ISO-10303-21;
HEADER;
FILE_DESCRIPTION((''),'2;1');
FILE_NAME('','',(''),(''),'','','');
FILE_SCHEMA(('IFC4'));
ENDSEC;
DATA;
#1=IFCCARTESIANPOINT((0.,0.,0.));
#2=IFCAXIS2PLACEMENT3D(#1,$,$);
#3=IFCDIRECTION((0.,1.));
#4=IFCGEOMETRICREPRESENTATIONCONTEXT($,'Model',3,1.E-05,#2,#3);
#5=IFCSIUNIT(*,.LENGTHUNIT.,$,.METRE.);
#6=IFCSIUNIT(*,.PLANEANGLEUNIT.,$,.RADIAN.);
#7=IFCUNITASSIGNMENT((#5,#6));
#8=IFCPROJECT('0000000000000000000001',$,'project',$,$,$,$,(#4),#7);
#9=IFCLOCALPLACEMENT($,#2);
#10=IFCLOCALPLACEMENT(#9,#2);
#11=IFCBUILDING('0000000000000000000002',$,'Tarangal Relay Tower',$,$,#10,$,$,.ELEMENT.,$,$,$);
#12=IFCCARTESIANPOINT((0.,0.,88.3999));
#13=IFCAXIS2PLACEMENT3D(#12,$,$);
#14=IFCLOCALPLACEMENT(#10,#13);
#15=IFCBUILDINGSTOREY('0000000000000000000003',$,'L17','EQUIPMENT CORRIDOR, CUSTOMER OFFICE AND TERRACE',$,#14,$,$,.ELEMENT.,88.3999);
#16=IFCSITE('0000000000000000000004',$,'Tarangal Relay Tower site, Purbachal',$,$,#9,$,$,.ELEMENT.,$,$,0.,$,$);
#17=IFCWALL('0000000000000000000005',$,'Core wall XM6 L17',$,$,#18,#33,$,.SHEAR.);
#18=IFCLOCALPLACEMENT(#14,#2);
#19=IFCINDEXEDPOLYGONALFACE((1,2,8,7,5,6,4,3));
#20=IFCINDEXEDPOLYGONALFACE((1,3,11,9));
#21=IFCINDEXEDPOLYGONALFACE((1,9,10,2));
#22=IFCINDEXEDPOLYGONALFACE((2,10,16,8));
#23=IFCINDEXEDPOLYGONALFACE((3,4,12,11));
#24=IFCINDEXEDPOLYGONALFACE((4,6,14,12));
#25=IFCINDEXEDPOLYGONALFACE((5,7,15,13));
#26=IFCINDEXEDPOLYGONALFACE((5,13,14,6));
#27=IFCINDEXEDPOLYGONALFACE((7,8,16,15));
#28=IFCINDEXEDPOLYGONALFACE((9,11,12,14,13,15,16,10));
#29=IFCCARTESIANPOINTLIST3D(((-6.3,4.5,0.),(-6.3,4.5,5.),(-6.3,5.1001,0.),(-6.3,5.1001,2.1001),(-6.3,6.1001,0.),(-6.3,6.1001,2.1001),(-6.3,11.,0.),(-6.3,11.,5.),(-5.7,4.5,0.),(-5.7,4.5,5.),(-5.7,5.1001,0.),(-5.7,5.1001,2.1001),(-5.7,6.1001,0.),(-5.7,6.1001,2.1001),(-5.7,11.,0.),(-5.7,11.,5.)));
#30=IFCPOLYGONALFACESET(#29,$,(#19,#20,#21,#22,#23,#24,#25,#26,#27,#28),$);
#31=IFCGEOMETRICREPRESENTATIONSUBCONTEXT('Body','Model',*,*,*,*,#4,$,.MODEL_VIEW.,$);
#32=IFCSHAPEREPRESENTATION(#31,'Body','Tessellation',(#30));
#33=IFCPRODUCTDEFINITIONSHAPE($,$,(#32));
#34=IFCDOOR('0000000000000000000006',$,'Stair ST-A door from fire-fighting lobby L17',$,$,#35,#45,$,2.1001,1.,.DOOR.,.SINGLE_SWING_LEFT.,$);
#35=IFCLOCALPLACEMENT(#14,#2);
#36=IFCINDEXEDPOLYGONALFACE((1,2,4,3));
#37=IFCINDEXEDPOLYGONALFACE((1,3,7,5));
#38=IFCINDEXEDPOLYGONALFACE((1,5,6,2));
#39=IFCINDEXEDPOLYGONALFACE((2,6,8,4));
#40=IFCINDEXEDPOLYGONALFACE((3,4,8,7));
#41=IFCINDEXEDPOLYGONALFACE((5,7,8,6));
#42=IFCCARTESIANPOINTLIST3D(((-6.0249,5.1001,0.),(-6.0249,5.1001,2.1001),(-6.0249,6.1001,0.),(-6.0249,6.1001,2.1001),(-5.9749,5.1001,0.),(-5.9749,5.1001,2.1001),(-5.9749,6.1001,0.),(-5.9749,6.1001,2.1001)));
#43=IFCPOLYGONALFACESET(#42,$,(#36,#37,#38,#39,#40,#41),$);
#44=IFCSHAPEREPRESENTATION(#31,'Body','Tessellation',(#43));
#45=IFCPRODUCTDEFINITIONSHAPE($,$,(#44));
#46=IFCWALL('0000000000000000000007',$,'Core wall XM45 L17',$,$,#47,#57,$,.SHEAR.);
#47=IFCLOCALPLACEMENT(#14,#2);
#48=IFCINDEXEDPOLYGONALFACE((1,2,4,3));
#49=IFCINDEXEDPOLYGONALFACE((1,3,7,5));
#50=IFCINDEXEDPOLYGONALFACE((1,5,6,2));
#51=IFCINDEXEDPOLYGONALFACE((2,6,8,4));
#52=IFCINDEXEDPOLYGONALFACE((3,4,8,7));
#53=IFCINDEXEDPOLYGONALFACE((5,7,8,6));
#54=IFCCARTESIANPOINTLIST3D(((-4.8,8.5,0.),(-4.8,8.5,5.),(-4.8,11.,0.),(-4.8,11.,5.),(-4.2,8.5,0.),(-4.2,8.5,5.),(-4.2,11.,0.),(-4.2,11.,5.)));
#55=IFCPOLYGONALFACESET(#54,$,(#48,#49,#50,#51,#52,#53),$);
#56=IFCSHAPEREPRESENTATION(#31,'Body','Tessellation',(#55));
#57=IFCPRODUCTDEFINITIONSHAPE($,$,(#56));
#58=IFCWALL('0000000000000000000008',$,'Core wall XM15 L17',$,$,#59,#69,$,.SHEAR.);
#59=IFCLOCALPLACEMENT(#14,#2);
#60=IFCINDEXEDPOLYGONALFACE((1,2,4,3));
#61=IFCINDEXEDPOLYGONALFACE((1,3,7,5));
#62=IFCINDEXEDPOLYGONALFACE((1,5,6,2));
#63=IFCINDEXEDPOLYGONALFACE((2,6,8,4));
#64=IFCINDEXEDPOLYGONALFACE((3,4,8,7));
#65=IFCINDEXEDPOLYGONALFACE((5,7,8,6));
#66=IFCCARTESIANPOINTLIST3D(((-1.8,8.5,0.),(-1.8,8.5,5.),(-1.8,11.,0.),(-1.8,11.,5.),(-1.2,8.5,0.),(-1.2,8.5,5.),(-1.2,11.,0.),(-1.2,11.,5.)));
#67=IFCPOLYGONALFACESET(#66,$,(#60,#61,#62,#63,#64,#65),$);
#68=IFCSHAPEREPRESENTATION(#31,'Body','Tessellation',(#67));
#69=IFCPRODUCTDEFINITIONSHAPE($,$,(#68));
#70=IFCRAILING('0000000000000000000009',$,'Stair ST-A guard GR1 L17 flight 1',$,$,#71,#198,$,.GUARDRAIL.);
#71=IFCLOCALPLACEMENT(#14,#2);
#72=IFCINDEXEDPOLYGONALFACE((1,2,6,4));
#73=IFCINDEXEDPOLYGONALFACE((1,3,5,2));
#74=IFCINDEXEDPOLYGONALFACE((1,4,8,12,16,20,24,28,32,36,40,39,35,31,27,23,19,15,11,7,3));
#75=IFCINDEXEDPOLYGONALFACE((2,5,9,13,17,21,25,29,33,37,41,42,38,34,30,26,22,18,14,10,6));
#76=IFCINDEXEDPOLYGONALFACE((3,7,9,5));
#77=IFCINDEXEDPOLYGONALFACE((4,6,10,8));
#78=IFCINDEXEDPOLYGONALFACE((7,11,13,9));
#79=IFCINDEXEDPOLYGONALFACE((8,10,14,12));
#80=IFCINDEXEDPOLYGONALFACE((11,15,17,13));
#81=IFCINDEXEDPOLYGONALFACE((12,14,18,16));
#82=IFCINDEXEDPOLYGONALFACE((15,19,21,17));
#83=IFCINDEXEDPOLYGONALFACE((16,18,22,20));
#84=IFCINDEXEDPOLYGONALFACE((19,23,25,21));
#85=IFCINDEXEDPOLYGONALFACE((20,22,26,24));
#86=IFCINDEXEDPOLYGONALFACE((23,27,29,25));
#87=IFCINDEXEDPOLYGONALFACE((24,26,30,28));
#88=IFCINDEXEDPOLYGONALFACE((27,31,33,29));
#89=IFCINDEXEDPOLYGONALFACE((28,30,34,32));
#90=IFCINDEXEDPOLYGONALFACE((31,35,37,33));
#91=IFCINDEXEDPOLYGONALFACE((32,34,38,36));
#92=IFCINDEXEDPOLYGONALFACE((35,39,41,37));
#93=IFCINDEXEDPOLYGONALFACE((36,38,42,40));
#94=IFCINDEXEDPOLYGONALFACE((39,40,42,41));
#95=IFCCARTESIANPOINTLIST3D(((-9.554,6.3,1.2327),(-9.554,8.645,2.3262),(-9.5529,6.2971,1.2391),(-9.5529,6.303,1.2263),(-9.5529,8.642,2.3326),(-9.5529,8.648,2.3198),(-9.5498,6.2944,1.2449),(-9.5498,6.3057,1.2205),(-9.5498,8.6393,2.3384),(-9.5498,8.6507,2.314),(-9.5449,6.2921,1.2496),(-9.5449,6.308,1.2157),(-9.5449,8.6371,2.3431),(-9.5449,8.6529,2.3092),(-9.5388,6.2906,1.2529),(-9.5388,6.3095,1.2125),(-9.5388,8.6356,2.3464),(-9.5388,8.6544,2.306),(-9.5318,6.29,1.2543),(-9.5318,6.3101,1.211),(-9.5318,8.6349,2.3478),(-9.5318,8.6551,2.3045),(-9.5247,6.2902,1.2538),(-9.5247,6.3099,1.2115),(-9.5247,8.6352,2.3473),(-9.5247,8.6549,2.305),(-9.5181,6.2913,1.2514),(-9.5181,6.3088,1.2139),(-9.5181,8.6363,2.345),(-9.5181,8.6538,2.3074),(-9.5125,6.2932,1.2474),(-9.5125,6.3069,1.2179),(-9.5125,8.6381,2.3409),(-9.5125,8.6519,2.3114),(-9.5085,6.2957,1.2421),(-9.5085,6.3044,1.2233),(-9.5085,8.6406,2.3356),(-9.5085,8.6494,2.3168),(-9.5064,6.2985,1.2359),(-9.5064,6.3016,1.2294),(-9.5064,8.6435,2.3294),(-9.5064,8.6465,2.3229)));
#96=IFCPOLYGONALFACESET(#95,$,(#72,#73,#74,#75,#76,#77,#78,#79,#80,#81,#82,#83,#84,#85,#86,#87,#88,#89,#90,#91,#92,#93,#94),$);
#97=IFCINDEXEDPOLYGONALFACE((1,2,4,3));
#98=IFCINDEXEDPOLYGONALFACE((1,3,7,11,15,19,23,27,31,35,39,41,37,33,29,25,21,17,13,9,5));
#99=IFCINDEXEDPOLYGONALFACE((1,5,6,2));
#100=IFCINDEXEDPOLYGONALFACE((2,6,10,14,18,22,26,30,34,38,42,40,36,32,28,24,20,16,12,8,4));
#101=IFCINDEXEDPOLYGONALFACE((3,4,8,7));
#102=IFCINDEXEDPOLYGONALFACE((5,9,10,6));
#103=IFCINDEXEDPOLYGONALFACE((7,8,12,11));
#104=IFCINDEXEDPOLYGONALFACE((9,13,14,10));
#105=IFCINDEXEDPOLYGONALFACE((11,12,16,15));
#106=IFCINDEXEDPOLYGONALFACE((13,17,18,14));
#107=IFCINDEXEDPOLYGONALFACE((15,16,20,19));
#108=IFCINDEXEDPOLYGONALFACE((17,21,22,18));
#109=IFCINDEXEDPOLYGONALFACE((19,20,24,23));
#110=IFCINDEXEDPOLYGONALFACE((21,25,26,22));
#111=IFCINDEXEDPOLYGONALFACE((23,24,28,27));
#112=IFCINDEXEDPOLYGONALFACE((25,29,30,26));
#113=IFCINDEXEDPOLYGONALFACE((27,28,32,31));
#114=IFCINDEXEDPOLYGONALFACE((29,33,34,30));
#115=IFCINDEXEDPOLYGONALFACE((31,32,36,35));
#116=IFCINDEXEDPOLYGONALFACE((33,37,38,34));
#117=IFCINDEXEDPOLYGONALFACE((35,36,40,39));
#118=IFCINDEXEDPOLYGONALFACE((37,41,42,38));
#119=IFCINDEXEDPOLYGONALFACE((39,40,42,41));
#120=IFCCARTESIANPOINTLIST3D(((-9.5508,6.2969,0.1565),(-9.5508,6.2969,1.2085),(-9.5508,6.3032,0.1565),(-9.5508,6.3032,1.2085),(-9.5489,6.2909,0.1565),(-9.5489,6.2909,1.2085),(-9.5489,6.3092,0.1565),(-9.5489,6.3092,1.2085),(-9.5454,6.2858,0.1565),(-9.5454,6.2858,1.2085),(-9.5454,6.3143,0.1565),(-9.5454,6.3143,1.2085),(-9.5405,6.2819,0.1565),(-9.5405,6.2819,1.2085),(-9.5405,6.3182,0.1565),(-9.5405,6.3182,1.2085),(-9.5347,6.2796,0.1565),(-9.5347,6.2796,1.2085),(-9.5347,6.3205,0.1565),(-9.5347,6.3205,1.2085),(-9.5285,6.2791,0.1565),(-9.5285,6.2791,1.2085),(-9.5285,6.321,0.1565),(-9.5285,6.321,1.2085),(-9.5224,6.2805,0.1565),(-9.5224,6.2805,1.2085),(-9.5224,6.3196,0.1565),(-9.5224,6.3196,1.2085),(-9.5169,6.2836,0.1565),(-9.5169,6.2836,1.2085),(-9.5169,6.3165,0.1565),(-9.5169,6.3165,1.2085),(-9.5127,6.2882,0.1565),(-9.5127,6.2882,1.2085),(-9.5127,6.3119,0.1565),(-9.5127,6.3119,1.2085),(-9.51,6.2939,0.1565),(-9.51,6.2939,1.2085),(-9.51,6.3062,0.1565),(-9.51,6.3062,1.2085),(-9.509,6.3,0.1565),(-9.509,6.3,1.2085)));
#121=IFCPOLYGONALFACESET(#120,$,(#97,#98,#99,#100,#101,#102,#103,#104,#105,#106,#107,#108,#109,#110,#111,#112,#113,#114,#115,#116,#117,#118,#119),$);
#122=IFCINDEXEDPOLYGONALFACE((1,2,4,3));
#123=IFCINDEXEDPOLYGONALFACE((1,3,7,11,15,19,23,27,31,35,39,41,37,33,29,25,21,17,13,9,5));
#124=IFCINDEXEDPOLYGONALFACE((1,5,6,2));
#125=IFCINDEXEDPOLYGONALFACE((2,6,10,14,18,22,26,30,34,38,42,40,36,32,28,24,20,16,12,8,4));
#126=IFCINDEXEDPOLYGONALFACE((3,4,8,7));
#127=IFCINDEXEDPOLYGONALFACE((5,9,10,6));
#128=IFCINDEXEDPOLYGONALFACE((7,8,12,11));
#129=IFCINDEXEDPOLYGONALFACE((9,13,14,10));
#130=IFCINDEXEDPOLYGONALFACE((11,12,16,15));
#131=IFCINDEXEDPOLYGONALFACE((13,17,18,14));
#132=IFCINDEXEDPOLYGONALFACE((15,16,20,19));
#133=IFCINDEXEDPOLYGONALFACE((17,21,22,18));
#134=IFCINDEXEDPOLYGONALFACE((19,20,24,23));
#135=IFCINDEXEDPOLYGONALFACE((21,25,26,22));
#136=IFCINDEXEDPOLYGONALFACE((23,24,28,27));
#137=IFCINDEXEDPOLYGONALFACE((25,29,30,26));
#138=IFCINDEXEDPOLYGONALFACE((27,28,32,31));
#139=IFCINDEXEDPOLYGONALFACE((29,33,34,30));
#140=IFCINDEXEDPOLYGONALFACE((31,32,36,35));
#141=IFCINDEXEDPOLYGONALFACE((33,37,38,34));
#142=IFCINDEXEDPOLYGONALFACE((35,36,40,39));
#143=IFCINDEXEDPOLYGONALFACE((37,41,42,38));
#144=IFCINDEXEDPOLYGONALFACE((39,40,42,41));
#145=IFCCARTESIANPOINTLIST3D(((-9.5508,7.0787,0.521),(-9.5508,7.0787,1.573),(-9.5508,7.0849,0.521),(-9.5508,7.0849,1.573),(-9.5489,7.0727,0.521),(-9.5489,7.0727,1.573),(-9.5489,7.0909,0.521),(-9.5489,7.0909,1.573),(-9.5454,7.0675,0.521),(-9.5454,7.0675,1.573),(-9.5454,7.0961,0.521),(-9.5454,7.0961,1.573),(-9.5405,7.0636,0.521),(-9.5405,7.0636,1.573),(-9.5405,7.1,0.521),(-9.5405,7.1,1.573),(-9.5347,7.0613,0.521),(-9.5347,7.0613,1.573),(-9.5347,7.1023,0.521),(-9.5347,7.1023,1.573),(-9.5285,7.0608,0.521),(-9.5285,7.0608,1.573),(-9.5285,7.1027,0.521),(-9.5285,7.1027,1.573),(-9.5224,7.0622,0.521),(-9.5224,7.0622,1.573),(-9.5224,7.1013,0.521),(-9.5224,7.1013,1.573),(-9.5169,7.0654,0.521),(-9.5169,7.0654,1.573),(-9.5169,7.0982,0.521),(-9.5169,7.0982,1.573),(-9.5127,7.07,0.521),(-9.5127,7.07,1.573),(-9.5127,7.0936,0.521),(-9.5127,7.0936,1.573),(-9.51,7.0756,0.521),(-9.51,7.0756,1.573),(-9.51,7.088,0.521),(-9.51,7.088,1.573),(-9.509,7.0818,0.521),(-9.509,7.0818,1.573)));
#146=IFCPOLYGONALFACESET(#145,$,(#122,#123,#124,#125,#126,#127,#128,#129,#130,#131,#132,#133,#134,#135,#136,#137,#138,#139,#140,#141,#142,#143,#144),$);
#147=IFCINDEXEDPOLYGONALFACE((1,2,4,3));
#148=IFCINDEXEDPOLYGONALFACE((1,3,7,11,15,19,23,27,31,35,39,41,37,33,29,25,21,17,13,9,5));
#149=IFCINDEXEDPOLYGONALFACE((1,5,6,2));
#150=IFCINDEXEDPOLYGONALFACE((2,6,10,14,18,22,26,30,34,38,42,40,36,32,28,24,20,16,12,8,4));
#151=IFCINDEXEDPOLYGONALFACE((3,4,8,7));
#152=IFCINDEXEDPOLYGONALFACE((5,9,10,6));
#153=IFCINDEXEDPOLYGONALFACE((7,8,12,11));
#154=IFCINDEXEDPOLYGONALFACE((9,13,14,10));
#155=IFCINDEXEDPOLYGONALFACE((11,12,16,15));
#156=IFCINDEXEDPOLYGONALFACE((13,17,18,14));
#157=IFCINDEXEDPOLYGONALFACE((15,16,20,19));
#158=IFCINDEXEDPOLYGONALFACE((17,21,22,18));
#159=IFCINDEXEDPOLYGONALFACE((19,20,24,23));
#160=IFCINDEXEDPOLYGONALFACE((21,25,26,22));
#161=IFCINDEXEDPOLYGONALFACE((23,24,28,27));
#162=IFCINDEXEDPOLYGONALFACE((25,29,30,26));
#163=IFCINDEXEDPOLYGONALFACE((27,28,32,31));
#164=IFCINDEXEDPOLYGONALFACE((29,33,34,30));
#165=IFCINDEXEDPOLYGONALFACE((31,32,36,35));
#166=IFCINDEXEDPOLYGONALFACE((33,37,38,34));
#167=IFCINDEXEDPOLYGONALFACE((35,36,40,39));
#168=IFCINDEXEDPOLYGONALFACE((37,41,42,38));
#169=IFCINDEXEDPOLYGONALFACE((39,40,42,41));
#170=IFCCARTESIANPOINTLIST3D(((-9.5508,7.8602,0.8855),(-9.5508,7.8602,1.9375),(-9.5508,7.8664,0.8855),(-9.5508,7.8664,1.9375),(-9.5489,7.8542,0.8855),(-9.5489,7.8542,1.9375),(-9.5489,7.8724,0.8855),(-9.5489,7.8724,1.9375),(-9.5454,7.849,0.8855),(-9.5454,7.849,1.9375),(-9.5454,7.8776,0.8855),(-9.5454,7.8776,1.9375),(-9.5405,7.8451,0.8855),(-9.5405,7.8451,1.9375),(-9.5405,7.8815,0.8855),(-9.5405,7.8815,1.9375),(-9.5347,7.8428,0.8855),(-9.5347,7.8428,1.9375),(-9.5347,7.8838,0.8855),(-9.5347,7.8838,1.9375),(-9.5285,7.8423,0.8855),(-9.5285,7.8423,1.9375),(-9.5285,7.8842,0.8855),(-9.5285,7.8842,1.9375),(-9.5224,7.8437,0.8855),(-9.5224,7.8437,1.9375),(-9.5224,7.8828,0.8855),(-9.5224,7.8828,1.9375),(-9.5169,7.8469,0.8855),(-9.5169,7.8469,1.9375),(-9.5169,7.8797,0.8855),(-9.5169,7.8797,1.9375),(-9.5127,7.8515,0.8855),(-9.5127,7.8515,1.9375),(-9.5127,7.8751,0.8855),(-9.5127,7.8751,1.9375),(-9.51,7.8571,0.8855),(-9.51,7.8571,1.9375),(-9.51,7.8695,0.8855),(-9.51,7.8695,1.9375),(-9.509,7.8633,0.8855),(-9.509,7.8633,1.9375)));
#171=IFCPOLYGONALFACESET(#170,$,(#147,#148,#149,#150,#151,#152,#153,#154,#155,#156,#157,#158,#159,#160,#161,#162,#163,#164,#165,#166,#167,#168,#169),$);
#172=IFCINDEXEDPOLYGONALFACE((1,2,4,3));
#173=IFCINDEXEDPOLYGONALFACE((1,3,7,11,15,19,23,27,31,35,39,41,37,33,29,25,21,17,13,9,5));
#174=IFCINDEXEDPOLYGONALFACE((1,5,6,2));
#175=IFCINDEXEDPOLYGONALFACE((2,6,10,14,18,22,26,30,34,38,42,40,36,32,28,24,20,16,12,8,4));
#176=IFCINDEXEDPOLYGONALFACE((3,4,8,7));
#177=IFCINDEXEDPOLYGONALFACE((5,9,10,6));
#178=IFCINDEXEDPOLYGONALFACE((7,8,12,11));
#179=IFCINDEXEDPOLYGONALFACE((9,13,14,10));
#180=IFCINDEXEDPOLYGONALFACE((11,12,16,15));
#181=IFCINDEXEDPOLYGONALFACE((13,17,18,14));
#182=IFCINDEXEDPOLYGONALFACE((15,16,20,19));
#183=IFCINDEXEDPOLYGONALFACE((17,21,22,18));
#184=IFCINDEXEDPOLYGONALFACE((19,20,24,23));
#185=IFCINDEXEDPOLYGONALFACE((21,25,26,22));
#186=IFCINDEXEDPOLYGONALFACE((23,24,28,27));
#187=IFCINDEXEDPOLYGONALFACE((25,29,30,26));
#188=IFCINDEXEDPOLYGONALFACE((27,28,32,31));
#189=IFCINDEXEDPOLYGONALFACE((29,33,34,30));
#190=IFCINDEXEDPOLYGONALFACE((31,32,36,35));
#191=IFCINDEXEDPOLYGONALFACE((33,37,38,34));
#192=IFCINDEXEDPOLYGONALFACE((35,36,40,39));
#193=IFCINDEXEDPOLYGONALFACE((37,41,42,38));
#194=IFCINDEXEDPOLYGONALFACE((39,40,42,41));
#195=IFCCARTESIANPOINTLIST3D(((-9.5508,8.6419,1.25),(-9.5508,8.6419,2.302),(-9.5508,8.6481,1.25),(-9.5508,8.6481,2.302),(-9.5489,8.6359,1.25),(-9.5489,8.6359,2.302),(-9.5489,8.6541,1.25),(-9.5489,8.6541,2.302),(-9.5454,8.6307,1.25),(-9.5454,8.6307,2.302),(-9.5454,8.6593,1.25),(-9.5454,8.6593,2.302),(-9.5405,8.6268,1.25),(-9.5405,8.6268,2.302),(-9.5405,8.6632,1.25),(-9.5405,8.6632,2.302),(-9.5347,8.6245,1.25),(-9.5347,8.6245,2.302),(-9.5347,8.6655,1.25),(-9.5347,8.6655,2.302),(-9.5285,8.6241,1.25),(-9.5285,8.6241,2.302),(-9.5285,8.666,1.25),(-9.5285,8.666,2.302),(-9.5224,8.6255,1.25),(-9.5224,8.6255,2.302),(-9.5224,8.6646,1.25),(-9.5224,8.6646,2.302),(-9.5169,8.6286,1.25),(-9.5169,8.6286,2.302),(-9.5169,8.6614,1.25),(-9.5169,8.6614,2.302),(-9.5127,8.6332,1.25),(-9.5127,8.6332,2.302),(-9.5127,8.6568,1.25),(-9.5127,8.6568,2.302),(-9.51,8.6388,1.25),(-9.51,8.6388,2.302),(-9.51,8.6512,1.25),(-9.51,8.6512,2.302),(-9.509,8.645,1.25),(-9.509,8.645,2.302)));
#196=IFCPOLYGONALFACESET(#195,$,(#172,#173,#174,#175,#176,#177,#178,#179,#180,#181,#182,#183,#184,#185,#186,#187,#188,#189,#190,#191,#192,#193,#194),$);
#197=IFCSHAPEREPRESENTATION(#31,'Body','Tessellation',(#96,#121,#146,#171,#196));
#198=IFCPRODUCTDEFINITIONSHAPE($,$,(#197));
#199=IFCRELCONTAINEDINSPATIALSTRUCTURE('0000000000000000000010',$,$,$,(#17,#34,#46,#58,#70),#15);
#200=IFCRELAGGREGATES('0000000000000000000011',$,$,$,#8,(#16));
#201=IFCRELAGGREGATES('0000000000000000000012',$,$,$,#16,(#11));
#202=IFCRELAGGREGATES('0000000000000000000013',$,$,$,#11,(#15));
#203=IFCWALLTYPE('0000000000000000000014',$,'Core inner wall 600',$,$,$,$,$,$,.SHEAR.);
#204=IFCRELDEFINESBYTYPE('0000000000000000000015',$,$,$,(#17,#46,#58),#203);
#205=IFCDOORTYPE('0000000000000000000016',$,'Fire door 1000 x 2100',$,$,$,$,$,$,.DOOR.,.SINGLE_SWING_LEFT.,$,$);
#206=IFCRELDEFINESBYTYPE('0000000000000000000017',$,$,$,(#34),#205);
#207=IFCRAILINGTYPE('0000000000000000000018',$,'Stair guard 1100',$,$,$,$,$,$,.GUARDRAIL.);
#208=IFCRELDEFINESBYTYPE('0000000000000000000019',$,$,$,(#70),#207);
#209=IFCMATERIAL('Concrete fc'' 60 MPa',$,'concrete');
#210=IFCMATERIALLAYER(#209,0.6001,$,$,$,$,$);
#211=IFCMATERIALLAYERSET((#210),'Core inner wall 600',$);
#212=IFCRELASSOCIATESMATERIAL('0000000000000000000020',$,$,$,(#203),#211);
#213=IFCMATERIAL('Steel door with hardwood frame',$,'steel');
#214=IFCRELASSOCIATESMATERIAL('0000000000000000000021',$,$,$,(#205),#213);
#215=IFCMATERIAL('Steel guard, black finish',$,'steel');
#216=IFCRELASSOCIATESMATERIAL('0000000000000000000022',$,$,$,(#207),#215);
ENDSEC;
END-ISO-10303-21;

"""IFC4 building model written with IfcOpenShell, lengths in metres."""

from ifc_helpers import new_model, si_unit, direction, frame, frame_2d, origin, origin_2d, place, context, subcontext, project, spatial, rectangle, circle, extrude, material, layer, layer_set, type_object, element, fill, save


model = new_model("IFC4")

# Units and contexts
model_context = context("Model", 3, precision=1e-05, world=origin(), true_north=direction((0.0, 1.0)))
body_context = subcontext(model_context, "Body", "Model", "MODEL_VIEW")
ifc_project = project(units=[si_unit("LENGTHUNIT", "METRE"), si_unit("PLANEANGLEUNIT", "RADIAN")], contexts=[model_context])

# Site, building, storey
site_placement = place(None, origin())
site = spatial("IfcSite", under=ifc_project, at=site_placement, Name="Tarangal Relay Tower site, Purbachal", CompositionType="ELEMENT", RefElevation=0.0)
building_placement = place(site_placement, origin())
building = spatial("IfcBuilding", under=site, at=building_placement, Name="Tarangal Relay Tower", CompositionType="ELEMENT")
storey_placement = place(building_placement, frame((0.0, 0.0, 88.3999)))
storey = spatial("IfcBuildingStorey", under=building, at=storey_placement, Name="L17", Description="EQUIPMENT CORRIDOR, CUSTOMER OFFICE AND TERRACE", CompositionType="ELEMENT", Elevation=88.3999)

# Shared definitions
ifc_material_1 = material(Name="Concrete fc' 60 MPa", Category="concrete")
ifc_layer_1 = layer(ifc_material_1, 0.6001)
ifc_layer_set_1 = layer_set([ifc_layer_1], Name="Core inner wall 600")
wall_type = type_object("IfcWallType", Name="Core inner wall 600", PredefinedType="SHEAR", material=ifc_layer_set_1)
ifc_material_2 = material(Name="Steel door with hardwood frame", Category="steel")

# Wall, opening, door
wall_1_placement = place(storey_placement, frame((-6.0, 4.5, 0.0), z_axis=(0.0, 0.0, 1.0), x_axis=(0.0, 1.0, 0.0)))
wall_1 = element("IfcWall", 1, at=wall_1_placement, inside=storey, type_object=wall_type, Name="Core wall XM6 L17", PredefinedType="SHEAR", context=body_context, shape_type="SweptSolid", body=[
    extrude(rectangle(XDim=6.5, YDim=0.6001, at=frame_2d((3.25, 0.0))), origin(), (0.0, 0.0, 1.0), 5.0),
])
opening_1_placement = place(wall_1_placement, frame((0.6001, 0.0, 0.0)))
opening_1 = element("IfcOpeningElement", 2, at=opening_1_placement, cuts=wall_1, PredefinedType="OPENING", context=body_context, shape_type="SweptSolid", body=[
    extrude(rectangle(XDim=1.0, YDim=2.1001, at=frame_2d((0.5, 1.05))), frame((0.0, 0.3101, 0.0), z_axis=(0.0, -1.0, 0.0), x_axis=(1.0, 0.0, 0.0)), (0.0, 0.0, 1.0), 0.6201),
])
door_type_1 = type_object("IfcDoorType", Name="Fire door 1000 x 2100", OperationType="SINGLE_SWING_LEFT", PredefinedType="DOOR", material=ifc_material_2)
door_1_placement = place(opening_1_placement, origin())
door_1 = element("IfcDoor", 3, at=door_1_placement, inside=storey, type_object=door_type_1, Name="Stair ST-A door from fire-fighting lobby L17", OperationType="SINGLE_SWING_LEFT", OverallHeight=2.1001, OverallWidth=1.0, PredefinedType="DOOR", context=body_context, shape_type="SweptSolid", body=[
    extrude(rectangle(XDim=1.0, YDim=2.1001, at=frame_2d((0.5, 1.05))), frame((0.0, 0.0249, 0.0), z_axis=(0.0, -1.0, 0.0), x_axis=(1.0, 0.0, 0.0)), (0.0, 0.0, 1.0), 0.05),
])
fill(opening_1, door_1)

# Walls
for number, where, z_axis, x_axis, name in (
    (4, (-4.5, 8.5, 0.0), (0.0, 0.0, 1.0), (0.0, 1.0, 0.0), "Core wall XM45 L17"),
    (5, (-1.5, 8.5, 0.0), (0.0, 0.0, 1.0), (0.0, 1.0, 0.0), "Core wall XM15 L17"),
):
    element("IfcWall", number, at=place(storey_placement, frame(where, z_axis=z_axis, x_axis=x_axis)), inside=storey, type_object=wall_type, Name=name, PredefinedType="SHEAR", context=body_context, shape_type="SweptSolid", body=[
        extrude(rectangle(XDim=2.5, YDim=0.6001, at=frame_2d((1.25, 0.0))), origin(), (0.0, 0.0, 1.0), 5.0),
    ])

# Railing
ifc_material_3 = material(Name="Steel guard, black finish", Category="steel")
railing_type = type_object("IfcRailingType", Name="Stair guard 1100", PredefinedType="GUARDRAIL", material=ifc_material_3)
for number, where, name in (
    (6, (-9.53, 6.3, 0.1565), "Stair ST-A guard GR1 L17 flight 1"),
):
    element("IfcRailing", number, at=place(storey_placement, frame(where)), inside=storey, type_object=railing_type, Name=name, PredefinedType="GUARDRAIL", context=body_context, shape_type="SweptSolid", body=[
        extrude(circle(Radius=0.0239, at=origin_2d()), frame((0.0, 0.0, 1.0762), z_axis=(0.0, 0.906304, 0.422627), x_axis=(-1.0, 0.0, 0.0)), (0.0, 0.0, 1.0), 2.5874),
        extrude(circle(Radius=0.021, at=origin_2d()), origin(), (0.0, 0.0, 1.0), 1.052),
        extrude(circle(Radius=0.021, at=origin_2d()), frame((0.0, 0.7817, 0.3645)), (0.0, 0.0, 1.0), 1.052),
        extrude(circle(Radius=0.021, at=origin_2d()), frame((0.0, 1.5632, 0.729)), (0.0, 0.0, 1.0), 1.052),
        extrude(circle(Radius=0.021, at=origin_2d()), frame((0.0, 2.345, 1.0935)), (0.0, 0.0, 1.0), 1.052),
    ])

save(model, "model.ifc")
